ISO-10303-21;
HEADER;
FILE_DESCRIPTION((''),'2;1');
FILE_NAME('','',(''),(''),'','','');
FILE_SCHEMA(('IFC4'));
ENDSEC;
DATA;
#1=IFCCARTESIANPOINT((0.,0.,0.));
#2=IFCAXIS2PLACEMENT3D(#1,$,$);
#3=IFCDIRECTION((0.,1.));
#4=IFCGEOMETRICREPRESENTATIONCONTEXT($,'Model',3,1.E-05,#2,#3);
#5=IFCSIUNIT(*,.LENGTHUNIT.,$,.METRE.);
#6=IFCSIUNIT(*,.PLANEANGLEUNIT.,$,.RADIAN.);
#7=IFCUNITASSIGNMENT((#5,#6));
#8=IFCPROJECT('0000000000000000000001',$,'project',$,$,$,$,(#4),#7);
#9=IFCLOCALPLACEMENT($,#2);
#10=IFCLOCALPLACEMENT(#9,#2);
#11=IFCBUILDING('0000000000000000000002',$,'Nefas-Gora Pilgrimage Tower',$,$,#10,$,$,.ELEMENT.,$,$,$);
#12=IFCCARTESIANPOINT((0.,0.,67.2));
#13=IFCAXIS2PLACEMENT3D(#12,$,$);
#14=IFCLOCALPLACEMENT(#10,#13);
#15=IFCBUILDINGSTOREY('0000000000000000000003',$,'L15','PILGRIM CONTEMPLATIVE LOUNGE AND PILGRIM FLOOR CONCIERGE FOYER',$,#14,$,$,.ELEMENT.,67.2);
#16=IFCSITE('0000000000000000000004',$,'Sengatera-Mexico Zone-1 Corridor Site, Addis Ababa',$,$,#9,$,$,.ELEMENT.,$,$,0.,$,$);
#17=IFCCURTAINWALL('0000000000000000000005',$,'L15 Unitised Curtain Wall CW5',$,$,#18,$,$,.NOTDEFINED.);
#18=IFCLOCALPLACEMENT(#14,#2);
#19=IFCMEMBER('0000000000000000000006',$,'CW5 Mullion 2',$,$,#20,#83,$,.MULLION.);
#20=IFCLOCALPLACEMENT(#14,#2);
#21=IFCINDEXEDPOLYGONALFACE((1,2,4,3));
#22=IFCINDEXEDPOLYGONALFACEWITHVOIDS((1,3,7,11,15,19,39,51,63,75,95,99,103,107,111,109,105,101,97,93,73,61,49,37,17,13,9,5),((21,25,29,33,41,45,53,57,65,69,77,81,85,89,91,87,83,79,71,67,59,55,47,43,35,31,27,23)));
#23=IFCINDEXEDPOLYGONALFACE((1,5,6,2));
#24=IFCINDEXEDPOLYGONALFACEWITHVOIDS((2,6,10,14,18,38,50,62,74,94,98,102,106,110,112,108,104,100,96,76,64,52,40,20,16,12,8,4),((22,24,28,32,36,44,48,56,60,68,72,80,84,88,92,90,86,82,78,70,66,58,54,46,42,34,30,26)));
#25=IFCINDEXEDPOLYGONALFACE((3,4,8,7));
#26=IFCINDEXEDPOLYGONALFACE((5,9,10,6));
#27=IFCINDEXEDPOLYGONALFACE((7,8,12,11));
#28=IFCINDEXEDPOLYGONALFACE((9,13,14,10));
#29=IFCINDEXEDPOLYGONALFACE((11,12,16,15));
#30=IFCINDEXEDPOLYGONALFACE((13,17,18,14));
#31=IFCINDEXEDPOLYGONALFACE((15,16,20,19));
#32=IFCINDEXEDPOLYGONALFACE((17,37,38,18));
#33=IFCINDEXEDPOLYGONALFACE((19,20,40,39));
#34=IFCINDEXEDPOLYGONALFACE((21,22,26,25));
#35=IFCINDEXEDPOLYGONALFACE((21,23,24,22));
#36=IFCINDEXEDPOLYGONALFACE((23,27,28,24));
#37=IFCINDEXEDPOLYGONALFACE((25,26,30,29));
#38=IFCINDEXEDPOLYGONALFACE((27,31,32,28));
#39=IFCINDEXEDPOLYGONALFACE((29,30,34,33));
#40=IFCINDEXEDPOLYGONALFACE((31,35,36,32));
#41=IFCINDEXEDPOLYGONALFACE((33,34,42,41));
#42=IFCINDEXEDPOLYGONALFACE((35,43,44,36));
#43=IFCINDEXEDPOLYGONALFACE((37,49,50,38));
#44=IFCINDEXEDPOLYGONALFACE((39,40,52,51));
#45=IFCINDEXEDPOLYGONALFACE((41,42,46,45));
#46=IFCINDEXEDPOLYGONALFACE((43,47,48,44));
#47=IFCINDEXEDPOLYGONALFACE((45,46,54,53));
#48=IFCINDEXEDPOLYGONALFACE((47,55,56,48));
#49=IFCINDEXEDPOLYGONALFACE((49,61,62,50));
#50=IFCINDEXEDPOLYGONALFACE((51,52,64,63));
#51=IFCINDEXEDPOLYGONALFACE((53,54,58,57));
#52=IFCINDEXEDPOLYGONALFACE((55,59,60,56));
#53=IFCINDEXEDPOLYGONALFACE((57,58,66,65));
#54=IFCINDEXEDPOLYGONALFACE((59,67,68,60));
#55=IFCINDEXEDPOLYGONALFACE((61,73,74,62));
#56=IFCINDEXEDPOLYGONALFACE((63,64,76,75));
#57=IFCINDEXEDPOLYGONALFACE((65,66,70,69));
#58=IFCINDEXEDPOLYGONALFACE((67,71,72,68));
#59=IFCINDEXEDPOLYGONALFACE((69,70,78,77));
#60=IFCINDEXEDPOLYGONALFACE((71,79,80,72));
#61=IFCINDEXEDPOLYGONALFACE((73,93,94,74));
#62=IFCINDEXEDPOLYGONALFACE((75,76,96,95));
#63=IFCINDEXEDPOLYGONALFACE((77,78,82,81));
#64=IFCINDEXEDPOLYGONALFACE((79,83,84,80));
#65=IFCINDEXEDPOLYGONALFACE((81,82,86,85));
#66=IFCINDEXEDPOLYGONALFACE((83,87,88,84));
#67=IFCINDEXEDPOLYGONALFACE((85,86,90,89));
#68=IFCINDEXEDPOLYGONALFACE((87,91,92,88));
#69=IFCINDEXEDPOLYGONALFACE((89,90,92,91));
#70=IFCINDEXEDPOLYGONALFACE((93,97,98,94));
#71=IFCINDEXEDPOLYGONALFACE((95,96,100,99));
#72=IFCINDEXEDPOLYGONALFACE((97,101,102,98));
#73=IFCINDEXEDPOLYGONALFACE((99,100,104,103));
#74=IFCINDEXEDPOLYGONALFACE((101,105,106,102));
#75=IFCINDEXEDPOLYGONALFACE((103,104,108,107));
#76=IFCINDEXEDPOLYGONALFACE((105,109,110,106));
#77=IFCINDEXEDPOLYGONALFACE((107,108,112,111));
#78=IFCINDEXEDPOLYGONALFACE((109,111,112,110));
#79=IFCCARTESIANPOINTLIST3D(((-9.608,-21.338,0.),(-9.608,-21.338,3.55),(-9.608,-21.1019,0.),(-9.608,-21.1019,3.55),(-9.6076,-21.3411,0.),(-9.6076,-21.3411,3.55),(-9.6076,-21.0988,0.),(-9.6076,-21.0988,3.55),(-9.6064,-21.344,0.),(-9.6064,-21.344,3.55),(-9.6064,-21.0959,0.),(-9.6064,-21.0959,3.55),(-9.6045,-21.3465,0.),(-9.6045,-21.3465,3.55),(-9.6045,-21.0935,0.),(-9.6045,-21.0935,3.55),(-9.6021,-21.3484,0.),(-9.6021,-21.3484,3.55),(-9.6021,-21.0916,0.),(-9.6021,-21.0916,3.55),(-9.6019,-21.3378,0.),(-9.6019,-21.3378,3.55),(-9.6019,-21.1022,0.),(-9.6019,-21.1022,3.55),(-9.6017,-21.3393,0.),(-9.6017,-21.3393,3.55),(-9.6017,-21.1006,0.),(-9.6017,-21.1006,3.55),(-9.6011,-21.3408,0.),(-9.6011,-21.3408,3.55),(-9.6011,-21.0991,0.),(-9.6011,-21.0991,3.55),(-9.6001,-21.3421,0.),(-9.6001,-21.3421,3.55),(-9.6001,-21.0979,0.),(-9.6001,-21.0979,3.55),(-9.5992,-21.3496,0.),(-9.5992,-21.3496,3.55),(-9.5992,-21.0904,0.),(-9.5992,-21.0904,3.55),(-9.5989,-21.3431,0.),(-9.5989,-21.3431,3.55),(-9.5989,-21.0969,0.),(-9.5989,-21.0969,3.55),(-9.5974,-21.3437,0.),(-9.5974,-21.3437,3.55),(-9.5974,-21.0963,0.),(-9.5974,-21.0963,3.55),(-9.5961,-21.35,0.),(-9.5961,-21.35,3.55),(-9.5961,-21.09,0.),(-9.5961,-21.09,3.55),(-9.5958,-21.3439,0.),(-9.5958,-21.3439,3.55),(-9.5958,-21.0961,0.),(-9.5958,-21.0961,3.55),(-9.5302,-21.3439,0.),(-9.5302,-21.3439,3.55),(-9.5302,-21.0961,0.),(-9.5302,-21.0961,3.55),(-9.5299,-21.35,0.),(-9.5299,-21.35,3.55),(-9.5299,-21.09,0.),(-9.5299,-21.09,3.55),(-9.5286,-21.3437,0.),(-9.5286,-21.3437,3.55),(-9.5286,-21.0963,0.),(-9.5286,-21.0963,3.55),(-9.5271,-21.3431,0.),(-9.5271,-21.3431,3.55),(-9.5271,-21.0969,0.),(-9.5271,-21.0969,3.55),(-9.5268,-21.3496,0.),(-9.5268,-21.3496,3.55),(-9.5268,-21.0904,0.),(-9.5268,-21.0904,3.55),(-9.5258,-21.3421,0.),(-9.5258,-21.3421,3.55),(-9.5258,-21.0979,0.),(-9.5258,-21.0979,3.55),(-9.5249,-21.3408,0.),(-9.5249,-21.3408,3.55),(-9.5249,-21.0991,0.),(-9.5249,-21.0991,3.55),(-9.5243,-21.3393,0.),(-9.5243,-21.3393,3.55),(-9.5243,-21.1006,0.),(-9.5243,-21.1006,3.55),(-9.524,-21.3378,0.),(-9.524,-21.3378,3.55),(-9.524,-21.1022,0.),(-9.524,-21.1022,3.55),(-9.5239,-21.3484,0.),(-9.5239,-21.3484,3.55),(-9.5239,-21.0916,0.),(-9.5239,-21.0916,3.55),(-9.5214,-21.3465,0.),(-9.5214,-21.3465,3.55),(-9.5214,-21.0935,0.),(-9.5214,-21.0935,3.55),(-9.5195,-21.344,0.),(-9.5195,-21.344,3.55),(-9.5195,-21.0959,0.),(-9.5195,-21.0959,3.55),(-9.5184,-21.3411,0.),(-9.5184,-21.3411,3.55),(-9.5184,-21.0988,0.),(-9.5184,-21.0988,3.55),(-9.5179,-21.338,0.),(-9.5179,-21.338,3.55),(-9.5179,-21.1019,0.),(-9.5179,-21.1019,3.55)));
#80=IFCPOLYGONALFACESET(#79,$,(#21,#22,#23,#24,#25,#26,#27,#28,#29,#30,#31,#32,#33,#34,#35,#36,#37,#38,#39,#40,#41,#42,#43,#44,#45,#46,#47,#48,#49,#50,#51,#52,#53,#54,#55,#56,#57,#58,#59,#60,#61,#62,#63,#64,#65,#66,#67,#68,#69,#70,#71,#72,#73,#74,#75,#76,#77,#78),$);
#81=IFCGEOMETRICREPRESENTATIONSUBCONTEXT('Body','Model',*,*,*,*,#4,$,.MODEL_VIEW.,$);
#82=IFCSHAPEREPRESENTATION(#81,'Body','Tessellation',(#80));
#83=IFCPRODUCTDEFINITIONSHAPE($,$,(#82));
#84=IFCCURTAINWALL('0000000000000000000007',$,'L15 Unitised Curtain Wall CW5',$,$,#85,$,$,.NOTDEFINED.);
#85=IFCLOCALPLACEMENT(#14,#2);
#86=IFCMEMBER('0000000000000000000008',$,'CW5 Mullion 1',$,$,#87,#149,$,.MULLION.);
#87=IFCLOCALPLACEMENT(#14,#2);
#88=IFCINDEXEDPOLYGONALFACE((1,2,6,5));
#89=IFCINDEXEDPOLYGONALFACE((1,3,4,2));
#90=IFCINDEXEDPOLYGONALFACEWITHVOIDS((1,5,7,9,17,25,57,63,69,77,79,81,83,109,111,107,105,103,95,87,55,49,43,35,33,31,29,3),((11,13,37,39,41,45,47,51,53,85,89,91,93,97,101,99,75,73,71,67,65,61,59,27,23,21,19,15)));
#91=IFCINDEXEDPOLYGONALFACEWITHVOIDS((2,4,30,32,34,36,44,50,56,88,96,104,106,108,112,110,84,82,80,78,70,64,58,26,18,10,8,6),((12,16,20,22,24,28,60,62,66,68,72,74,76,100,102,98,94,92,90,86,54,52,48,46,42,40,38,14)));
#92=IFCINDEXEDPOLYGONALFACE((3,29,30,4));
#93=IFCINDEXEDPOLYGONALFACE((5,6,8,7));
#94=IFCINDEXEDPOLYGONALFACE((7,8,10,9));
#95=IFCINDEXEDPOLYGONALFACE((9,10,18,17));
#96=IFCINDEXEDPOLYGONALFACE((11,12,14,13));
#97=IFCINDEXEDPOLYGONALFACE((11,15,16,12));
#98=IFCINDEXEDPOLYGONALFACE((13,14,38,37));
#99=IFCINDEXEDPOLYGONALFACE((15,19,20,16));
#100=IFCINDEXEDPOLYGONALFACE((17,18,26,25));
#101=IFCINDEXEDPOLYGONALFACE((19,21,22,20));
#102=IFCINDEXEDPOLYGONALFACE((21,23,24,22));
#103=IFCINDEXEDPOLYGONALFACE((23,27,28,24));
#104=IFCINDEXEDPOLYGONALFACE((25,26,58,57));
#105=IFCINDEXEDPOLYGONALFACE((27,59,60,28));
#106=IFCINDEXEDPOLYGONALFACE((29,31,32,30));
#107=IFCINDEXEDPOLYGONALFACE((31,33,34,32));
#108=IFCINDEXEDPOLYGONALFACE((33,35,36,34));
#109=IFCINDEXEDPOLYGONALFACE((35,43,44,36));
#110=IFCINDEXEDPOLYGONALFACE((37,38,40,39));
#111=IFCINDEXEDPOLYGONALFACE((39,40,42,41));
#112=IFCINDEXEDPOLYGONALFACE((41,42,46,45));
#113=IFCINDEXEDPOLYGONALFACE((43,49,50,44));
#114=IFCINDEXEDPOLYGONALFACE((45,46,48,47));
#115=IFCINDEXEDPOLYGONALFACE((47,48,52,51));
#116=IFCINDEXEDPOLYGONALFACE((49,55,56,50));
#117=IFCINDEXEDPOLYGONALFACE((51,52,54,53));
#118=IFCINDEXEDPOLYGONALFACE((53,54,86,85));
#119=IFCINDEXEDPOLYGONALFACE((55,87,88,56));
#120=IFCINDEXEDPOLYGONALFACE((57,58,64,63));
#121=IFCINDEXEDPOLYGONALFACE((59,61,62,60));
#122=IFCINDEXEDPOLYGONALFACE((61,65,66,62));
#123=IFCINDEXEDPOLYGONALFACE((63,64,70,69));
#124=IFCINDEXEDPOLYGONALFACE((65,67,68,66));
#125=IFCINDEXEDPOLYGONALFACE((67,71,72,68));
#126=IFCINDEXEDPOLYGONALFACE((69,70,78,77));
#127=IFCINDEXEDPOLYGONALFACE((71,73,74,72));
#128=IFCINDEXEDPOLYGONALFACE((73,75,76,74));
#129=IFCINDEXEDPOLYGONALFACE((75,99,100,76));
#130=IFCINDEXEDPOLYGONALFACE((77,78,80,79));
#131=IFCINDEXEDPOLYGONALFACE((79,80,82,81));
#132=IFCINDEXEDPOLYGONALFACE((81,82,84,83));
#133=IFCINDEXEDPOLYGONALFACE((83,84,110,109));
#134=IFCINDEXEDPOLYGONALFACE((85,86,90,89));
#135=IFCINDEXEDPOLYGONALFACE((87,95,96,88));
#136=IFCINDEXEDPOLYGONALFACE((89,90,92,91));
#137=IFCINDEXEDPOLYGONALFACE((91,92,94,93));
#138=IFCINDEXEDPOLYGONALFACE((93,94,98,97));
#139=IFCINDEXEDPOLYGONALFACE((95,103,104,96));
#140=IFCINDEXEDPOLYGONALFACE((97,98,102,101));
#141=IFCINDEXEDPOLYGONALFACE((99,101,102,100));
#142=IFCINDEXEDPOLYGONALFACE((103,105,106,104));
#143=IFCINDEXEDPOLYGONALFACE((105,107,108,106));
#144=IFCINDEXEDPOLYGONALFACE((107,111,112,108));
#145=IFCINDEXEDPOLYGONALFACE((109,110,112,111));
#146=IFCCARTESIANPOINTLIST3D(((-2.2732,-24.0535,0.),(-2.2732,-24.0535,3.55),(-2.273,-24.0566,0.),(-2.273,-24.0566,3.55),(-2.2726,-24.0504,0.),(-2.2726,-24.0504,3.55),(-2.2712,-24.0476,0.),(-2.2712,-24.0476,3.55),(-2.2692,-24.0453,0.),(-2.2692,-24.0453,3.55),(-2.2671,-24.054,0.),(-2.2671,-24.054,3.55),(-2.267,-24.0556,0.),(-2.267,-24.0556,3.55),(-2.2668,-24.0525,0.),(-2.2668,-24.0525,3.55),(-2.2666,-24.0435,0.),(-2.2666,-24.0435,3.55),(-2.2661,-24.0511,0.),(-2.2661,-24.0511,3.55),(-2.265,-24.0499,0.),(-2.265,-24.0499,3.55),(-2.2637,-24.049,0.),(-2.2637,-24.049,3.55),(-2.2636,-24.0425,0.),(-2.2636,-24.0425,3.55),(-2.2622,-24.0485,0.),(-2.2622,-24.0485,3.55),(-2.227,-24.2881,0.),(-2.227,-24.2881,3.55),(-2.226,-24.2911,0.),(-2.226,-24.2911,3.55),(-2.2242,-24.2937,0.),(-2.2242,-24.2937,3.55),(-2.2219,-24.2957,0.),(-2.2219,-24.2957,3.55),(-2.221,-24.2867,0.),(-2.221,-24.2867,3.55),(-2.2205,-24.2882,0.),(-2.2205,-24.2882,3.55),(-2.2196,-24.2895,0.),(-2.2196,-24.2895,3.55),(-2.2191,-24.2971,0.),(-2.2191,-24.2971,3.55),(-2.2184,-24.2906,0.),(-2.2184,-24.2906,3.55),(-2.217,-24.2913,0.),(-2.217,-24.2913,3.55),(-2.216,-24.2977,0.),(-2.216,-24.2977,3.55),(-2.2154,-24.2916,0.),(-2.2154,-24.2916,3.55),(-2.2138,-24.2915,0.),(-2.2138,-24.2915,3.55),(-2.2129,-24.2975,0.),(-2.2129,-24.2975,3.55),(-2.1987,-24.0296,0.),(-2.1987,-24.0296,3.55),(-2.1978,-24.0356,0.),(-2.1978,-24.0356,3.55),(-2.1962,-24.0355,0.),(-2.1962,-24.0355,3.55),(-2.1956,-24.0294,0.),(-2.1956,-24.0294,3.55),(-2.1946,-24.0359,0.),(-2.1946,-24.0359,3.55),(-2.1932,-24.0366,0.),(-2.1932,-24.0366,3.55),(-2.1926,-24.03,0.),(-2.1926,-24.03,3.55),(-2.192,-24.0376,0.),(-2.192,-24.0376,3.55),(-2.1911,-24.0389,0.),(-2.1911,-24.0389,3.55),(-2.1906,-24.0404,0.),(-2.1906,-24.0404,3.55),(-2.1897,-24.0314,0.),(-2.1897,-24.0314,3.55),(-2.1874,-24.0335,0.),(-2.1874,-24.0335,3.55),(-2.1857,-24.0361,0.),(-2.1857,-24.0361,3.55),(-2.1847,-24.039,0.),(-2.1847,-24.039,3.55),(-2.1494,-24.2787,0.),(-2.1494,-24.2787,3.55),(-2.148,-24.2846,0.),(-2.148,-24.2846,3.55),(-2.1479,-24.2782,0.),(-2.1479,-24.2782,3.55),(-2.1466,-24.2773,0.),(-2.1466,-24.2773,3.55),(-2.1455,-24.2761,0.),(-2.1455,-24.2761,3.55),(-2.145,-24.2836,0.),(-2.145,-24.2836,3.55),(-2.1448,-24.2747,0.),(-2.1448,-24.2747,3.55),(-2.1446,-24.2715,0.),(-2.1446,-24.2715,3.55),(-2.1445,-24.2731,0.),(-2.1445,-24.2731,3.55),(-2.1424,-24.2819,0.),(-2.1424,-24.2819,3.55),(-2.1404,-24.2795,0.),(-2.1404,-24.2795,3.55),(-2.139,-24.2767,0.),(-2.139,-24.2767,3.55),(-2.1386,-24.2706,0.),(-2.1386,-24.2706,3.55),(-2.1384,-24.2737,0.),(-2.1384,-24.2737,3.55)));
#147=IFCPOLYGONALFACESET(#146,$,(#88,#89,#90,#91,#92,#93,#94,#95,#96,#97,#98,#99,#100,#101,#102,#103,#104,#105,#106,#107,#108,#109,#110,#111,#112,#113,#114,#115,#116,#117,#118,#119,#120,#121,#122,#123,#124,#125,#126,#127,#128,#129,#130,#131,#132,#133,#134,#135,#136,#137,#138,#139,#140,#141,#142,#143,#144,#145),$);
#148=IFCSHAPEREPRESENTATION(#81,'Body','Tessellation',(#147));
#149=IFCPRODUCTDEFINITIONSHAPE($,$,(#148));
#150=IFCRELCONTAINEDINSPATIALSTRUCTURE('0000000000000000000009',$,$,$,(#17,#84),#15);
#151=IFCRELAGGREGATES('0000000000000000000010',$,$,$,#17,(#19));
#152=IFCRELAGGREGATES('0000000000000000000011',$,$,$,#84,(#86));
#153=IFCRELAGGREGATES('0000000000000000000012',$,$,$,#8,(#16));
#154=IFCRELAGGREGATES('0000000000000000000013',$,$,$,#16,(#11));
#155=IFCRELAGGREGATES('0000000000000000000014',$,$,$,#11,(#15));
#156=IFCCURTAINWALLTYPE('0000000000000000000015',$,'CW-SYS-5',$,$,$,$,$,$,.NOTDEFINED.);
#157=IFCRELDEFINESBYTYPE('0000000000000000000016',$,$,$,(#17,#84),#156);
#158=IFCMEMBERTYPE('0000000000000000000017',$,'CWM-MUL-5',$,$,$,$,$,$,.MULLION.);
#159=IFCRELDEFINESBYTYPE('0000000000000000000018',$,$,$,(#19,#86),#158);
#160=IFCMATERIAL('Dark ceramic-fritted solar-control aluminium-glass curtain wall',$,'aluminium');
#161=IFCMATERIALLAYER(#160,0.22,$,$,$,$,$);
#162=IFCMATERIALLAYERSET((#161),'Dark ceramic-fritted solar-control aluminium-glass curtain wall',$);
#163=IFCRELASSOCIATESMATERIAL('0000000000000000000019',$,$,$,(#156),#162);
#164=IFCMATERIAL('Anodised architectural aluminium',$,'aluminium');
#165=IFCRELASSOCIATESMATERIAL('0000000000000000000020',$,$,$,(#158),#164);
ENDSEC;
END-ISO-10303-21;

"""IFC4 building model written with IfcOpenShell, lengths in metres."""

from ifc_helpers import new_model, si_unit, direction, frame, origin, origin_2d, place, context, subcontext, project, spatial, hollow_rectangle, extrude, source, transform, mapped, material, layer, layer_set, material_profile, profile_set, type_object, element, aggregate, save


model = new_model("IFC4")

# Units and contexts
model_context = context("Model", 3, precision=1e-05, world=origin(), true_north=direction((0.0, 1.0)))
body_context = subcontext(model_context, "Body", "Model", "MODEL_VIEW")
ifc_project = project(units=[si_unit("LENGTHUNIT", "METRE"), si_unit("PLANEANGLEUNIT", "RADIAN")], contexts=[model_context])

# Site, building, storey
site_placement = place(None, origin())
site = spatial("IfcSite", under=ifc_project, at=site_placement, Name="Sengatera-Mexico Zone-1 Corridor Site, Addis Ababa", CompositionType="ELEMENT", RefElevation=0.0)
building_placement = place(site_placement, origin())
building = spatial("IfcBuilding", under=site, at=building_placement, Name="Nefas-Gora Pilgrimage Tower", CompositionType="ELEMENT")
storey_placement = place(building_placement, frame((0.0, 0.0, 67.2)))
storey = spatial("IfcBuildingStorey", under=building, at=storey_placement, Name="L15", Description="PILGRIM CONTEMPLATIVE LOUNGE AND PILGRIM FLOOR CONCIERGE FOYER", CompositionType="ELEMENT", Elevation=67.2)

# Curtain wall, member
ifc_material_1 = material(Name="Dark ceramic-fritted solar-control aluminium-glass curtain wall", Category="aluminium")
ifc_layer_1 = layer(ifc_material_1, 0.22)
ifc_layer_set_1 = layer_set([ifc_layer_1], Name="Dark ceramic-fritted solar-control aluminium-glass curtain wall")
curtain_wall_type = type_object("IfcCurtainWallType", Name="CW-SYS-5", PredefinedType="NOTDEFINED", material=ifc_layer_set_1)
curtain_wall_1_placement = place(storey_placement, origin())
curtain_wall_1 = element("IfcCurtainWall", 1, at=curtain_wall_1_placement, inside=storey, type_object=curtain_wall_type, Name="L15 Unitised Curtain Wall CW5", PredefinedType="NOTDEFINED")
ifc_material_2 = material(Name="Anodised architectural aluminium", Category="aluminium")
ifc_material_profile_1 = material_profile(ifc_material_2, hollow_rectangle(XDim=0.0901, YDim=0.26, WallThickness=0.0061, InnerFilletRadius=0.0061, OuterFilletRadius=0.012, at=origin_2d()), Name="ALU MULLION 90x260")
ifc_profile_set_1 = profile_set([ifc_material_profile_1], Name="Anodised architectural aluminium")
member_type_1 = type_object("IfcMemberType", Name="CWM-MUL-5", PredefinedType="MULLION", material=ifc_profile_set_1)
shared_shape_1 = source(origin(), body_context, "Body", "SweptSolid", [
    extrude(hollow_rectangle(XDim=0.0901, YDim=0.26, WallThickness=0.0061, InnerFilletRadius=0.0061, OuterFilletRadius=0.012, at=origin_2d()), origin(), (0.0, 0.0, 1.0), 3.55),
])
member_1_placement = place(storey_placement, frame((-9.563, -21.22, 0.0), z_axis=(0.0, 0.0, 1.0), x_axis=(1.0, 0.0, 0.0)))
member_1 = element("IfcMember", 2, at=member_1_placement, type_object=member_type_1, Name="CW5 Mullion 2", PredefinedType="MULLION", context=body_context, shape_type="MappedRepresentation", body=[
    mapped(shared_shape_1, transform((0.0, 0.0, 0.0), x_axis=(1.0, 0.0, 0.0), y_axis=(0.0, 1.0, 0.0), z_axis=(0.0, 0.0, 1.0), scale=1.0)),
])

# Curtain wall, member
curtain_wall_2_placement = place(storey_placement, origin())
curtain_wall_2 = element("IfcCurtainWall", 3, at=curtain_wall_2_placement, inside=storey, type_object=curtain_wall_type, Name="L15 Unitised Curtain Wall CW5", PredefinedType="NOTDEFINED")
member_2_placement = place(storey_placement, frame((-2.2058, -24.1636, 0.0), z_axis=(0.0, 0.0, 1.0), x_axis=(0.980783, 0.195102, 0.0)))
member_2 = element("IfcMember", 4, at=member_2_placement, type_object=member_type_1, Name="CW5 Mullion 1", PredefinedType="MULLION", context=body_context, shape_type="MappedRepresentation", body=[
    mapped(shared_shape_1, transform((0.0, 0.0, 0.0), x_axis=(1.0, 0.0, 0.0), y_axis=(0.0, 1.0, 0.0), z_axis=(0.0, 0.0, 1.0), scale=1.0)),
])

aggregate(curtain_wall_1, [member_1])
aggregate(curtain_wall_2, [member_2])

save(model, "model.ifc")
